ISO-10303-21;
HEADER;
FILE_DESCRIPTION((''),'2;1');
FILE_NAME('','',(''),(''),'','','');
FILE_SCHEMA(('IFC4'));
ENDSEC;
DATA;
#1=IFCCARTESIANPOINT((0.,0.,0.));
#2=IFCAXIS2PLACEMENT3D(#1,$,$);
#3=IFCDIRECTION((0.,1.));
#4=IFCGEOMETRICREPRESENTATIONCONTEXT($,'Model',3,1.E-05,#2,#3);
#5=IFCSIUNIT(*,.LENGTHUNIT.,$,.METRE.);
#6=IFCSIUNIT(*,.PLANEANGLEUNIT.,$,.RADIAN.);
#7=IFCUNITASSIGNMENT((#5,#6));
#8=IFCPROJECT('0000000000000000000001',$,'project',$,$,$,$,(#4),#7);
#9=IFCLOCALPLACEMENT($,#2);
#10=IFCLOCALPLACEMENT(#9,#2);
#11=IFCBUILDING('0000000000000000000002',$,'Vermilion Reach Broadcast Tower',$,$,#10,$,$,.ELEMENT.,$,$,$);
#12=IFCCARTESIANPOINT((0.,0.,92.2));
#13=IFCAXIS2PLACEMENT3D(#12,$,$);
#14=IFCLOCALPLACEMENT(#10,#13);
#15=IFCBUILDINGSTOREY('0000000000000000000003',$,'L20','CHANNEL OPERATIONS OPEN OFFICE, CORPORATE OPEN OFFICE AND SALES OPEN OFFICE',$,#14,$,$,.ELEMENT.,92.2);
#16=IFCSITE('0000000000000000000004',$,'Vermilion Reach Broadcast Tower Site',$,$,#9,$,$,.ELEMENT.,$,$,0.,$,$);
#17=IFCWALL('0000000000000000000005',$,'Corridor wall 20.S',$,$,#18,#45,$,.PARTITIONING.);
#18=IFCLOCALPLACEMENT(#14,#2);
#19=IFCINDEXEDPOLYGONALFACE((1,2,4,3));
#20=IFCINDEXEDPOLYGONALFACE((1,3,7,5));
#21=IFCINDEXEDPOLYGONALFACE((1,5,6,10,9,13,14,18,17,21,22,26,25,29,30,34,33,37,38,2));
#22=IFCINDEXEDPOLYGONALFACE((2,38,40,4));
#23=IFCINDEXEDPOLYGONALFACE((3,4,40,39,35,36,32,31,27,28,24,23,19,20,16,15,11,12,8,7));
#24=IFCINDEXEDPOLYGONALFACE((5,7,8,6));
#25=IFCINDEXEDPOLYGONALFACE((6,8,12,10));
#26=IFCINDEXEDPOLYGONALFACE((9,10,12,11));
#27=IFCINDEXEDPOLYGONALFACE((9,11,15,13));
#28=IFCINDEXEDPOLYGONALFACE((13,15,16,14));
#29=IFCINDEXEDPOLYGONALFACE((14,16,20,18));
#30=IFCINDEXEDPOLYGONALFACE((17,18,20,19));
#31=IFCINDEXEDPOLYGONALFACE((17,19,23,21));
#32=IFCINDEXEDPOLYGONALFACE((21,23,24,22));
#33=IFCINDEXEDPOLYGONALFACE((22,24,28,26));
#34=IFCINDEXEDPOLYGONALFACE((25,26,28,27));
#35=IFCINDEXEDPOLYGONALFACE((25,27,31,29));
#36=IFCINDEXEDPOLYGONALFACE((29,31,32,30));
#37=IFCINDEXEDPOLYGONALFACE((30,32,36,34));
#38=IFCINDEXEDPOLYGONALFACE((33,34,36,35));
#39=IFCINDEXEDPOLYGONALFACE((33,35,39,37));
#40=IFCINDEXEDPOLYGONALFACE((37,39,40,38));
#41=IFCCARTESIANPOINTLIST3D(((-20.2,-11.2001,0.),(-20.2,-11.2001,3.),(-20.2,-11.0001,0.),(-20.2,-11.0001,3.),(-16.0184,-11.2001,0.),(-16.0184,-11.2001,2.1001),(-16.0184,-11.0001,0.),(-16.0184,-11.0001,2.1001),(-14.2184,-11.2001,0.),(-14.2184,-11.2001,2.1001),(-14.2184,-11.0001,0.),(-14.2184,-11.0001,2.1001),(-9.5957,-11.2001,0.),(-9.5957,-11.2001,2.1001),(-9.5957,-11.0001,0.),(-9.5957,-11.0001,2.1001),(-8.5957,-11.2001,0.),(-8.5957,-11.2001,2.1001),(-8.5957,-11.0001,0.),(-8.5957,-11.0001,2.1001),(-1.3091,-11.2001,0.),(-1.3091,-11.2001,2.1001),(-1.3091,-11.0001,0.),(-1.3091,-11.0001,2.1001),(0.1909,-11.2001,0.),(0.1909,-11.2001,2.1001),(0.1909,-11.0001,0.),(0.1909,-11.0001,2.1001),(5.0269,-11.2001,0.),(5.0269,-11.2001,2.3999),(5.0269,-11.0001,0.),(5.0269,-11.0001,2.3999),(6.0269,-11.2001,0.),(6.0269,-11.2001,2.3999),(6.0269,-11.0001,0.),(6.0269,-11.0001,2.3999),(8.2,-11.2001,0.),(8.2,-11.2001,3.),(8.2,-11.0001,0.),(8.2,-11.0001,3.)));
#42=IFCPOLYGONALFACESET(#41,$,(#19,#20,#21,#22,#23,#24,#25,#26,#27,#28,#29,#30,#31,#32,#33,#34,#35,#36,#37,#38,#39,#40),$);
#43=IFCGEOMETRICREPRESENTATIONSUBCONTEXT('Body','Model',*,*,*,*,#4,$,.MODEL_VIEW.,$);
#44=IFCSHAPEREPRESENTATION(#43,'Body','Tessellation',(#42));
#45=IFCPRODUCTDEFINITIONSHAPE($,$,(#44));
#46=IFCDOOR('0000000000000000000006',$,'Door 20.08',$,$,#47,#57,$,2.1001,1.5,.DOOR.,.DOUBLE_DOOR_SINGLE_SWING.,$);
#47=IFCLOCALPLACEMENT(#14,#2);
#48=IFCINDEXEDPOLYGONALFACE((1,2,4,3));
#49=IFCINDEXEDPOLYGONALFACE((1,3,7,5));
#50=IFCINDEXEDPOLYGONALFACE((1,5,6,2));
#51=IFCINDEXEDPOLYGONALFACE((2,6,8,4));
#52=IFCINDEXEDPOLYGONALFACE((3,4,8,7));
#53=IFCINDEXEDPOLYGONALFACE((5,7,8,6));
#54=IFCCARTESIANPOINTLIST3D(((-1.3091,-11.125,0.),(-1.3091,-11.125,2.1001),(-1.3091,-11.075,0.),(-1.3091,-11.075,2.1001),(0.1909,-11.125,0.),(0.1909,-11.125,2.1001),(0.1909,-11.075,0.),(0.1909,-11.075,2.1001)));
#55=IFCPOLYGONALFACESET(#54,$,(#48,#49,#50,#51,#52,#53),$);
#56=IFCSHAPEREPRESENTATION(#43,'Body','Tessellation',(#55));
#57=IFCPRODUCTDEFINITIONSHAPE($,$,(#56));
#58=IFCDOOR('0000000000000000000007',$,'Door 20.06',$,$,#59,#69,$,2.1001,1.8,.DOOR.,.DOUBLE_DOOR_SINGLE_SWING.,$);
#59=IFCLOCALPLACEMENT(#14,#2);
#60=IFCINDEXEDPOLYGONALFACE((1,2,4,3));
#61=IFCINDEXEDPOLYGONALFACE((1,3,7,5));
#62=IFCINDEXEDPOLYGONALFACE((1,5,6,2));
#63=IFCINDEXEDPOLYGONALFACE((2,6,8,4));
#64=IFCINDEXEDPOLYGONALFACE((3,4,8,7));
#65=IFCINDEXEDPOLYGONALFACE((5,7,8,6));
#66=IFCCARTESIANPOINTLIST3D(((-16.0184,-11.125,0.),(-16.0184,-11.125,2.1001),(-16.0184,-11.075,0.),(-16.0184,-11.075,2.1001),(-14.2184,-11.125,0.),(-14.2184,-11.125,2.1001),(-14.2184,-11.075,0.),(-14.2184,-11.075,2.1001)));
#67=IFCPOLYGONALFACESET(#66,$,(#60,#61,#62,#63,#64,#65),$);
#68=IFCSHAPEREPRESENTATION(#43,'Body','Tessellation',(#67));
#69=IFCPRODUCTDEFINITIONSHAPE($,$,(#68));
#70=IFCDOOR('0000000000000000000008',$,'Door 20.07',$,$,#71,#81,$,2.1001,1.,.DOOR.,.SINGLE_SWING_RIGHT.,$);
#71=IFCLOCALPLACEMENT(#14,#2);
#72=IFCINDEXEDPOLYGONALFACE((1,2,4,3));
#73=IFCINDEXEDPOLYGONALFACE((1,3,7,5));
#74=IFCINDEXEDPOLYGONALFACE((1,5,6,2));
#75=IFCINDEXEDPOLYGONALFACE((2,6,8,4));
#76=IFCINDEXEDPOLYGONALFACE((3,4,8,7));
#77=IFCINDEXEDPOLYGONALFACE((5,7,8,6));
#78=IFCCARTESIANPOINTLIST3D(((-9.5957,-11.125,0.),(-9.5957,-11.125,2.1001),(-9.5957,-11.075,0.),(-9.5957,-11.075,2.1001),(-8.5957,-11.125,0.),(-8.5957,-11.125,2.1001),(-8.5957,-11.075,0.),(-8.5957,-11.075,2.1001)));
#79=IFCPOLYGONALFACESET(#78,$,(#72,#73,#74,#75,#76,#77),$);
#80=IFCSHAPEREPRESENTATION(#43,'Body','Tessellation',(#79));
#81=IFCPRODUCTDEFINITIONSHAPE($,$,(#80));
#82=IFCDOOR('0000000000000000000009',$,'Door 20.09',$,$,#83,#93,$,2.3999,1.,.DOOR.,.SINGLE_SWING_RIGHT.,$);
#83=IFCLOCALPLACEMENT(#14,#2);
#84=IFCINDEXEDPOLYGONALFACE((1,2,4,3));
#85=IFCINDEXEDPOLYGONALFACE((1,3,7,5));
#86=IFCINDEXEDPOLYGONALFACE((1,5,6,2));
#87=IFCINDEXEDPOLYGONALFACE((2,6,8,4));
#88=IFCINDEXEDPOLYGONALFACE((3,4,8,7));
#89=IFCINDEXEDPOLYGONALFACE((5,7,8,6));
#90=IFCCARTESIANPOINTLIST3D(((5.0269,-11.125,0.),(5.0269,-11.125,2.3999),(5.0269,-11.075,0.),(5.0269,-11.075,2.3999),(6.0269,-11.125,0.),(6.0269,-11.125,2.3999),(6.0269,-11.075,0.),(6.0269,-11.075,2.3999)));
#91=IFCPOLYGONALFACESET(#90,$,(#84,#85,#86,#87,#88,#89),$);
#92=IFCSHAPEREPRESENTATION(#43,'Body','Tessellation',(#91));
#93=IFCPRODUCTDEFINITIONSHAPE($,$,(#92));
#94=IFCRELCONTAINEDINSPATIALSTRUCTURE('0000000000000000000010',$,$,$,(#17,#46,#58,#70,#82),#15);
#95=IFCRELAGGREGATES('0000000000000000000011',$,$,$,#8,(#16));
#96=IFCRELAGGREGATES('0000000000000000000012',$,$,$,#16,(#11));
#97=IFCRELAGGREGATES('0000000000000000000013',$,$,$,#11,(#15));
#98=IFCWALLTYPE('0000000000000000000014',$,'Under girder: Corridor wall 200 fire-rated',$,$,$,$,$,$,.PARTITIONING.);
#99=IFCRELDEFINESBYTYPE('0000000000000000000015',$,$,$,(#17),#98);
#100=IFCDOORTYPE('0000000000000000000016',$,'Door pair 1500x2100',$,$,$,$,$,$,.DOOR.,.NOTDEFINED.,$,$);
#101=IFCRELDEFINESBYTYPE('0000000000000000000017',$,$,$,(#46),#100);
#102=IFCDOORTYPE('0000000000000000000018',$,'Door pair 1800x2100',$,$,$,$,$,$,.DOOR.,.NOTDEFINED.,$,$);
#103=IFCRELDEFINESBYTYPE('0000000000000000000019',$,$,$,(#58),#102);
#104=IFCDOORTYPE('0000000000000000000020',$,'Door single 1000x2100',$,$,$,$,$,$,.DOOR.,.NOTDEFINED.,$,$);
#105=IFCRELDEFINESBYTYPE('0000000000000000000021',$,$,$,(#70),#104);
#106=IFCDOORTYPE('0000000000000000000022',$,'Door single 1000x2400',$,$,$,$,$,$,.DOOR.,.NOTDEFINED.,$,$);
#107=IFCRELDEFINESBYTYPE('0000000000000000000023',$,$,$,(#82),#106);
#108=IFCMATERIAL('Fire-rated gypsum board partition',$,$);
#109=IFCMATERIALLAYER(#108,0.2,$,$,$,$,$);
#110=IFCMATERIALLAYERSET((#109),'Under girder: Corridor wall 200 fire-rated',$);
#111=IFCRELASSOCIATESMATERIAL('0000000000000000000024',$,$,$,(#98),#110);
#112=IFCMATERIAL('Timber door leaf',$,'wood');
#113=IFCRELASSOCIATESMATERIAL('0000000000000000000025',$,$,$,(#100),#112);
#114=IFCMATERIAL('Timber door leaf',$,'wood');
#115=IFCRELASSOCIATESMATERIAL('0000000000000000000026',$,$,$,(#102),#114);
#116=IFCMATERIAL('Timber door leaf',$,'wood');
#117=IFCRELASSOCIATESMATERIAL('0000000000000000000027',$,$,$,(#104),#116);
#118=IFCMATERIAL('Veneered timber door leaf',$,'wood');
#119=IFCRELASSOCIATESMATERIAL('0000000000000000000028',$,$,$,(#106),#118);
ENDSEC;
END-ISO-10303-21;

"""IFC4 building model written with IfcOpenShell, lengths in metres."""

from ifc_helpers import new_model, si_unit, direction, frame, frame_2d, origin, place, context, subcontext, project, spatial, rectangle, extrude, material, layer, layer_set, type_object, element, fill, save


model = new_model("IFC4")

# Units and contexts
model_context = context("Model", 3, precision=1e-05, world=origin(), true_north=direction((0.0, 1.0)))
body_context = subcontext(model_context, "Body", "Model", "MODEL_VIEW")
ifc_project = project(units=[si_unit("LENGTHUNIT", "METRE"), si_unit("PLANEANGLEUNIT", "RADIAN")], contexts=[model_context])

# Site, building, storey
site_placement = place(None, origin())
site = spatial("IfcSite", under=ifc_project, at=site_placement, Name="Vermilion Reach Broadcast Tower Site", CompositionType="ELEMENT", RefElevation=0.0)
building_placement = place(site_placement, origin())
building = spatial("IfcBuilding", under=site, at=building_placement, Name="Vermilion Reach Broadcast Tower", CompositionType="ELEMENT")
storey_placement = place(building_placement, frame((0.0, 0.0, 92.2)))
storey = spatial("IfcBuildingStorey", under=building, at=storey_placement, Name="L20", Description="CHANNEL OPERATIONS OPEN OFFICE, CORPORATE OPEN OFFICE AND SALES OPEN OFFICE", CompositionType="ELEMENT", Elevation=92.2)

# Wall, openings, doors
ifc_material_1 = material(Name="Fire-rated gypsum board partition")
ifc_layer_1 = layer(ifc_material_1, 0.2)
ifc_layer_set_1 = layer_set([ifc_layer_1], Name="Under girder: Corridor wall 200 fire-rated")
wall_type_1 = type_object("IfcWallType", Name="Under girder: Corridor wall 200 fire-rated", PredefinedType="PARTITIONING", material=ifc_layer_set_1)
wall_1_placement = place(storey_placement, frame((8.2, -11.1001, 0.0), z_axis=(0.0, 0.0, 1.0), x_axis=(-1.0, 0.0, 0.0)))
wall_1 = element("IfcWall", 1, at=wall_1_placement, inside=storey, type_object=wall_type_1, Name="Corridor wall 20.S", PredefinedType="PARTITIONING", context=body_context, shape_type="SweptSolid", body=[
    extrude(rectangle(XDim=28.3999, YDim=0.2, at=frame_2d((14.2, 0.0))), origin(), (0.0, 0.0, 1.0), 3.0),
])
opening_1_placement = place(wall_1_placement, frame((22.4185, 0.0, 0.0)))
opening_1 = element("IfcOpeningElement", 2, at=opening_1_placement, cuts=wall_1, PredefinedType="OPENING", context=body_context, shape_type="SweptSolid", body=[
    extrude(rectangle(XDim=1.8, YDim=2.1001, at=frame_2d((0.8999, 1.05))), frame((0.0, 0.1099, 0.0), z_axis=(0.0, -1.0, 0.0), x_axis=(1.0, 0.0, 0.0)), (0.0, 0.0, 1.0), 0.22),
])
opening_2_placement = place(wall_1_placement, frame((16.7957, 0.0, 0.0)))
opening_2 = element("IfcOpeningElement", 3, at=opening_2_placement, cuts=wall_1, PredefinedType="OPENING", context=body_context, shape_type="SweptSolid", body=[
    extrude(rectangle(XDim=1.0, YDim=2.1001, at=frame_2d((0.5, 1.05))), frame((0.0, 0.1099, 0.0), z_axis=(0.0, -1.0, 0.0), x_axis=(1.0, 0.0, 0.0)), (0.0, 0.0, 1.0), 0.22),
])
opening_3_placement = place(wall_1_placement, frame((8.009, 0.0, 0.0)))
opening_3 = element("IfcOpeningElement", 4, at=opening_3_placement, cuts=wall_1, PredefinedType="OPENING", context=body_context, shape_type="SweptSolid", body=[
    extrude(rectangle(XDim=1.5, YDim=2.1001, at=frame_2d((0.75, 1.05))), frame((0.0, 0.1099, 0.0), z_axis=(0.0, -1.0, 0.0), x_axis=(1.0, 0.0, 0.0)), (0.0, 0.0, 1.0), 0.22),
])
opening_4_placement = place(wall_1_placement, frame((2.1731, 0.0, 0.0)))
opening_4 = element("IfcOpeningElement", 5, at=opening_4_placement, cuts=wall_1, PredefinedType="OPENING", context=body_context, shape_type="SweptSolid", body=[
    extrude(rectangle(XDim=1.0, YDim=2.3999, at=frame_2d((0.5, 1.2))), frame((0.0, 0.1099, 0.0), z_axis=(0.0, -1.0, 0.0), x_axis=(1.0, 0.0, 0.0)), (0.0, 0.0, 1.0), 0.22),
])
ifc_material_2 = material(Name="Timber door leaf", Category="wood")
door_type_1 = type_object("IfcDoorType", Name="Door pair 1500x2100", OperationType="NOTDEFINED", PredefinedType="DOOR", material=ifc_material_2)
door_1_placement = place(opening_3_placement, origin())
door_1 = element("IfcDoor", 6, at=door_1_placement, inside=storey, type_object=door_type_1, Name="Door 20.08", OperationType="DOUBLE_DOOR_SINGLE_SWING", OverallHeight=2.1001, OverallWidth=1.5, PredefinedType="DOOR", context=body_context, shape_type="SweptSolid", body=[
    extrude(rectangle(XDim=1.5, YDim=2.1001, at=frame_2d((0.75, 1.05))), frame((0.0, 0.0249, 0.0), z_axis=(0.0, -1.0, 0.0), x_axis=(1.0, 0.0, 0.0)), (0.0, 0.0, 1.0), 0.05),
])
fill(opening_3, door_1)
ifc_material_3 = material(Name="Timber door leaf", Category="wood")
door_type_2 = type_object("IfcDoorType", Name="Door pair 1800x2100", OperationType="NOTDEFINED", PredefinedType="DOOR", material=ifc_material_3)
door_2_placement = place(opening_1_placement, origin())
door_2 = element("IfcDoor", 7, at=door_2_placement, inside=storey, type_object=door_type_2, Name="Door 20.06", OperationType="DOUBLE_DOOR_SINGLE_SWING", OverallHeight=2.1001, OverallWidth=1.8, PredefinedType="DOOR", context=body_context, shape_type="SweptSolid", body=[
    extrude(rectangle(XDim=1.8, YDim=2.1001, at=frame_2d((0.8999, 1.05))), frame((0.0, 0.0249, 0.0), z_axis=(0.0, -1.0, 0.0), x_axis=(1.0, 0.0, 0.0)), (0.0, 0.0, 1.0), 0.05),
])
fill(opening_1, door_2)
ifc_material_4 = material(Name="Timber door leaf", Category="wood")
door_type_3 = type_object("IfcDoorType", Name="Door single 1000x2100", OperationType="NOTDEFINED", PredefinedType="DOOR", material=ifc_material_4)
door_3_placement = place(opening_2_placement, origin())
door_3 = element("IfcDoor", 8, at=door_3_placement, inside=storey, type_object=door_type_3, Name="Door 20.07", OperationType="SINGLE_SWING_RIGHT", OverallHeight=2.1001, OverallWidth=1.0, PredefinedType="DOOR", context=body_context, shape_type="SweptSolid", body=[
    extrude(rectangle(XDim=1.0, YDim=2.1001, at=frame_2d((0.5, 1.05))), frame((0.0, 0.0249, 0.0), z_axis=(0.0, -1.0, 0.0), x_axis=(1.0, 0.0, 0.0)), (0.0, 0.0, 1.0), 0.05),
])
fill(opening_2, door_3)
ifc_material_5 = material(Name="Veneered timber door leaf", Category="wood")
door_type_4 = type_object("IfcDoorType", Name="Door single 1000x2400", OperationType="NOTDEFINED", PredefinedType="DOOR", material=ifc_material_5)
door_4_placement = place(opening_4_placement, origin())
door_4 = element("IfcDoor", 9, at=door_4_placement, inside=storey, type_object=door_type_4, Name="Door 20.09", OperationType="SINGLE_SWING_RIGHT", OverallHeight=2.3999, OverallWidth=1.0, PredefinedType="DOOR", context=body_context, shape_type="SweptSolid", body=[
    extrude(rectangle(XDim=1.0, YDim=2.3999, at=frame_2d((0.5, 1.2))), frame((0.0, 0.0249, 0.0), z_axis=(0.0, -1.0, 0.0), x_axis=(1.0, 0.0, 0.0)), (0.0, 0.0, 1.0), 0.05),
])
fill(opening_4, door_4)

save(model, "model.ifc")
